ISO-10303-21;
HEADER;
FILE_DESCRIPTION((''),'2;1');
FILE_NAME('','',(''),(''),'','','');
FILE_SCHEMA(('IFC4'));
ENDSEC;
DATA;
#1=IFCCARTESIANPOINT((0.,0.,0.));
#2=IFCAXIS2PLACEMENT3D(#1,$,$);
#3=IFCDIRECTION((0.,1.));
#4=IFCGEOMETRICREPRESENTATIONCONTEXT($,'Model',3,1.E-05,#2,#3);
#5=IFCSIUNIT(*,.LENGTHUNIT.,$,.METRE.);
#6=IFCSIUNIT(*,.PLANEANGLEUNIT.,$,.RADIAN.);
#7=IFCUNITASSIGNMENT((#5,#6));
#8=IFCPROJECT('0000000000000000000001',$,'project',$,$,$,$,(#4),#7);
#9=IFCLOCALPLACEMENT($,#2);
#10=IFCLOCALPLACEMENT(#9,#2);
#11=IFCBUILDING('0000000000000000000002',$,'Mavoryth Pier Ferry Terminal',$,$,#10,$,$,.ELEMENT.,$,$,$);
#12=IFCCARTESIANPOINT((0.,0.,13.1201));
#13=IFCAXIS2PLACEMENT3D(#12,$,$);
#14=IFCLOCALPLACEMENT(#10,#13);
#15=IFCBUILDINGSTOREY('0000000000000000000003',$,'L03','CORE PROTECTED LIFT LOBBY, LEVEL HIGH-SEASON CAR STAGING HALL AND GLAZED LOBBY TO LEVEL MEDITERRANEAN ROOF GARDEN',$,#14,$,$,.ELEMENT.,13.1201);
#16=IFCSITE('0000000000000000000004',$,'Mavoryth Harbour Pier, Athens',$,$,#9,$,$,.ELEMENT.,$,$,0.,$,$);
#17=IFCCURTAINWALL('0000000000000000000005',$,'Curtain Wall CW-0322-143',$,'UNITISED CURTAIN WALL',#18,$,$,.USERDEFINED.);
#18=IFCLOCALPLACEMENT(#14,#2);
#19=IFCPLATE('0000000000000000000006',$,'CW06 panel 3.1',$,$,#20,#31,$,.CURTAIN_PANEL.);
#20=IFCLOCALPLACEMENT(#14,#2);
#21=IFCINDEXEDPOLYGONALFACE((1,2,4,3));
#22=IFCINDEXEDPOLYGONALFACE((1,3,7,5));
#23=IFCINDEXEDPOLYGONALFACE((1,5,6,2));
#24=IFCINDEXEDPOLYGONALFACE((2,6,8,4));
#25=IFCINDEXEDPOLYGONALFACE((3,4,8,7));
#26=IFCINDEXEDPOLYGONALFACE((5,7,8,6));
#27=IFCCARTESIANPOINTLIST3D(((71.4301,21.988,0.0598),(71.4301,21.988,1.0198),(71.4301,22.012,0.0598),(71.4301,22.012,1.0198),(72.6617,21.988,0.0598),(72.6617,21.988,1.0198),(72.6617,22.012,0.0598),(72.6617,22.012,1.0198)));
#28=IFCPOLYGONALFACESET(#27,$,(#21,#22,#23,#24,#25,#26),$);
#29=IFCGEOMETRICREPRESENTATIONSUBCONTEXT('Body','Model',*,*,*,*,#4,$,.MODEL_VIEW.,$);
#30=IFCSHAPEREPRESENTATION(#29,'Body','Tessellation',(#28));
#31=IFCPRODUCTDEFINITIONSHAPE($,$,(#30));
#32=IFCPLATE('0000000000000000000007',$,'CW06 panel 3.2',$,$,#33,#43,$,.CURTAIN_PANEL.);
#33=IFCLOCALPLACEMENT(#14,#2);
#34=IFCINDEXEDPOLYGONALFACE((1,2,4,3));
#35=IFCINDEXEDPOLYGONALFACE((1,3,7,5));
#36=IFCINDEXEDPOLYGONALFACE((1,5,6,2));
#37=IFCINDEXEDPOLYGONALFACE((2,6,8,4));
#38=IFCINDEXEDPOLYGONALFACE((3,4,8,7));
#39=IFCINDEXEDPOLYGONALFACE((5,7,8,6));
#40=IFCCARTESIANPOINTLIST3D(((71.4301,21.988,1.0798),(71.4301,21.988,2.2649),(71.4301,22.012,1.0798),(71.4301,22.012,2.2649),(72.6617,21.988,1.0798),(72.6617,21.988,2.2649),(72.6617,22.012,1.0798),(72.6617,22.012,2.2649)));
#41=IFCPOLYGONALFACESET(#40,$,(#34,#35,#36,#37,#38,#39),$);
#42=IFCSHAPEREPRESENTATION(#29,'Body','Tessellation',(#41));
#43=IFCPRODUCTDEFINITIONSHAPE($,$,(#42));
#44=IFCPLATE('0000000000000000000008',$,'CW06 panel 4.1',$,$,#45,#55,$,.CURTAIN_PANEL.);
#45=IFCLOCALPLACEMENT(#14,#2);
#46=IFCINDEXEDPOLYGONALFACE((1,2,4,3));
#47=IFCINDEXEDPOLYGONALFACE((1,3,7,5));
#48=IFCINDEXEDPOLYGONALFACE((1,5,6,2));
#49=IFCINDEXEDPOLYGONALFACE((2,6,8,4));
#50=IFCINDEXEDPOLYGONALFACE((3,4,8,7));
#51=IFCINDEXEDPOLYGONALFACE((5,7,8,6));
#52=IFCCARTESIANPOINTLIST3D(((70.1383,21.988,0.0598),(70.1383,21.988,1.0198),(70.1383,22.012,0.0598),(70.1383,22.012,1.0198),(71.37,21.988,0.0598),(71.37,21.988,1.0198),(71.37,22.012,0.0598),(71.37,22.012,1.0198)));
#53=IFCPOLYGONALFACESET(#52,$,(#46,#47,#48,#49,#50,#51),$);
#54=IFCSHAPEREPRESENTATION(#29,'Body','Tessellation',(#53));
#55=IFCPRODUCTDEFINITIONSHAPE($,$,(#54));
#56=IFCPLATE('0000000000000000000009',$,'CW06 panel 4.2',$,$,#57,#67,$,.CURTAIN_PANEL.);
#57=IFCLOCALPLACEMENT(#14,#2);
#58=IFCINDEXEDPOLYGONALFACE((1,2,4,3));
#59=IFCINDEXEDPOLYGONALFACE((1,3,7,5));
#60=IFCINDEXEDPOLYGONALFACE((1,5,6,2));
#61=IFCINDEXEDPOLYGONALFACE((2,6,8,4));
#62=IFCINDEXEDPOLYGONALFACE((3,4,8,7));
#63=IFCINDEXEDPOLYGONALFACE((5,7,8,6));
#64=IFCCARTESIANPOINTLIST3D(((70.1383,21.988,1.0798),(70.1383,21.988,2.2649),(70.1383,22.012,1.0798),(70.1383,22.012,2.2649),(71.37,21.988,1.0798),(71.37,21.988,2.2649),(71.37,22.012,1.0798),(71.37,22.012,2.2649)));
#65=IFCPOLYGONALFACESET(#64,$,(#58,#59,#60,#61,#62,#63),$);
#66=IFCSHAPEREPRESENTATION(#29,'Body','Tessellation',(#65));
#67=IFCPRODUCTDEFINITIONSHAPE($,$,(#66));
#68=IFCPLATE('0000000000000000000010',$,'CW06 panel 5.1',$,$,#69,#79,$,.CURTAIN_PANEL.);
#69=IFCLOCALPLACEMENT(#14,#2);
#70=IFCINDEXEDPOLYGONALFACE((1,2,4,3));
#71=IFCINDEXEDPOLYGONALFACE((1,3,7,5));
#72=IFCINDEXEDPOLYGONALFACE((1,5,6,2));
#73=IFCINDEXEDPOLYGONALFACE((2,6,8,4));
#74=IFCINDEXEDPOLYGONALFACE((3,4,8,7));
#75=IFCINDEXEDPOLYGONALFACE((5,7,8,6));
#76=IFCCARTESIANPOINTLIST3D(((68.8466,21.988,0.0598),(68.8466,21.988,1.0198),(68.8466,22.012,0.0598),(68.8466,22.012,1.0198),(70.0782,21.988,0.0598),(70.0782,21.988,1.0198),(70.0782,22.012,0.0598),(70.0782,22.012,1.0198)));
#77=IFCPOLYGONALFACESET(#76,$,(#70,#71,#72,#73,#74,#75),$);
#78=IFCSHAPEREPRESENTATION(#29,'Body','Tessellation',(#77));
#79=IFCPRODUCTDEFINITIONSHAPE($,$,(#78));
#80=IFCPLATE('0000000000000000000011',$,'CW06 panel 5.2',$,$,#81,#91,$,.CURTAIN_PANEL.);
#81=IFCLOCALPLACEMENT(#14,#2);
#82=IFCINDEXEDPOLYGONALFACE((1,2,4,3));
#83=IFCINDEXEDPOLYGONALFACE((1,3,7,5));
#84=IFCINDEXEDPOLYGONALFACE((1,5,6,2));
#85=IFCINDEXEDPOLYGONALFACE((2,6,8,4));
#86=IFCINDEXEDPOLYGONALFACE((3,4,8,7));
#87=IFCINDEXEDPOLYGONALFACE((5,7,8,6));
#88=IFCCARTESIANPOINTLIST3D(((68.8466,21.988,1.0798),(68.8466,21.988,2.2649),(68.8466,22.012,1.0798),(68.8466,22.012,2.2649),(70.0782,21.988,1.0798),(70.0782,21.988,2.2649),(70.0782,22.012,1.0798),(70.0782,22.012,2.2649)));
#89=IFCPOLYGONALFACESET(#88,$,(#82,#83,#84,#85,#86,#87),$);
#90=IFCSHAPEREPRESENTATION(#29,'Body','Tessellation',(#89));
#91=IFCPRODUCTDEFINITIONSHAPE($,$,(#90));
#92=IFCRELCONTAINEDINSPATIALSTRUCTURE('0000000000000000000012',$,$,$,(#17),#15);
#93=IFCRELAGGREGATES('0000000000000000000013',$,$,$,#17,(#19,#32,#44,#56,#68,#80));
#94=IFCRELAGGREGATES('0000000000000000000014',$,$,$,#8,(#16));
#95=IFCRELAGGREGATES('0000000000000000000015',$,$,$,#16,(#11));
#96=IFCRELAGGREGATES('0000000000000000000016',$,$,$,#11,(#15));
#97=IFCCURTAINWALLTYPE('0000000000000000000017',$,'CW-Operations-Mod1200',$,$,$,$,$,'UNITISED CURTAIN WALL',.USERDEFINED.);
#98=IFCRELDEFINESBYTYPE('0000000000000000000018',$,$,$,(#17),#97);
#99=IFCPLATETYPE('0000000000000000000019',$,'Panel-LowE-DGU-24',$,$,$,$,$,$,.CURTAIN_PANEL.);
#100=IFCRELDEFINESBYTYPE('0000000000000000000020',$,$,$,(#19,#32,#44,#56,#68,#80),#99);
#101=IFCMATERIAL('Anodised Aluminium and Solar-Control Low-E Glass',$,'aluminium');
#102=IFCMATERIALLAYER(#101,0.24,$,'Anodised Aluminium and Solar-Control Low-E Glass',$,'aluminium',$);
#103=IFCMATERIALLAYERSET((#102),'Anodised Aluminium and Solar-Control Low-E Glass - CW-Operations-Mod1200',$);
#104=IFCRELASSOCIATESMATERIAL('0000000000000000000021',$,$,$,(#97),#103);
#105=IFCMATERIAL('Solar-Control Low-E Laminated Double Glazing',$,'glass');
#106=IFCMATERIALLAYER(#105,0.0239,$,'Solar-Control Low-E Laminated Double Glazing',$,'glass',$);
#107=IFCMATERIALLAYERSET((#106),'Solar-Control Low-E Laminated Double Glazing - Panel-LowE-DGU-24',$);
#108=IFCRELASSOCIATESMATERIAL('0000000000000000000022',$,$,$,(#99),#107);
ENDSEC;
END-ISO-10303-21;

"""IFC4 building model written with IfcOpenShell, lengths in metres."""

from ifc_helpers import new_model, si_unit, direction, frame, origin, origin_2d, place, context, subcontext, project, spatial, rectangle, extrude, material, layer, layer_set, type_object, element, aggregate, save


model = new_model("IFC4")

# Units and contexts
model_context = context("Model", 3, precision=1e-05, world=origin(), true_north=direction((0.0, 1.0)))
body_context = subcontext(model_context, "Body", "Model", "MODEL_VIEW")
ifc_project = project(units=[si_unit("LENGTHUNIT", "METRE"), si_unit("PLANEANGLEUNIT", "RADIAN")], contexts=[model_context])

# Site, building, storey
site_placement = place(None, origin())
site = spatial("IfcSite", under=ifc_project, at=site_placement, Name="Mavoryth Harbour Pier, Athens", CompositionType="ELEMENT", RefElevation=0.0)
building_placement = place(site_placement, origin())
building = spatial("IfcBuilding", under=site, at=building_placement, Name="Mavoryth Pier Ferry Terminal", CompositionType="ELEMENT")
storey_placement = place(building_placement, frame((0.0, 0.0, 13.1201)))
storey = spatial("IfcBuildingStorey", under=building, at=storey_placement, Name="L03", Description="CORE PROTECTED LIFT LOBBY, LEVEL HIGH-SEASON CAR STAGING HALL AND GLAZED LOBBY TO LEVEL MEDITERRANEAN ROOF GARDEN", CompositionType="ELEMENT", Elevation=13.1201)

# Curtain wall, plates
ifc_material_1 = material(Name="Anodised Aluminium and Solar-Control Low-E Glass", Category="aluminium")
ifc_layer_1 = layer(ifc_material_1, 0.24, Name="Anodised Aluminium and Solar-Control Low-E Glass", Category="aluminium")
ifc_layer_set_1 = layer_set([ifc_layer_1], Name="Anodised Aluminium and Solar-Control Low-E Glass - CW-Operations-Mod1200")
curtain_wall_type = type_object("IfcCurtainWallType", Name="CW-Operations-Mod1200", ElementType="UNITISED CURTAIN WALL", PredefinedType="USERDEFINED", material=ifc_layer_set_1)
curtain_wall_placement = place(storey_placement, origin())
curtain_wall = element("IfcCurtainWall", 1, at=curtain_wall_placement, inside=storey, type_object=curtain_wall_type, Name="Curtain Wall CW-0322-143", ObjectType="UNITISED CURTAIN WALL", PredefinedType="USERDEFINED")
ifc_material_2 = material(Name="Solar-Control Low-E Laminated Double Glazing", Category="glass")
ifc_layer_2 = layer(ifc_material_2, 0.0239, Name="Solar-Control Low-E Laminated Double Glazing", Category="glass")
ifc_layer_set_2 = layer_set([ifc_layer_2], Name="Solar-Control Low-E Laminated Double Glazing - Panel-LowE-DGU-24")
plate_type = type_object("IfcPlateType", Name="Panel-LowE-DGU-24", PredefinedType="CURTAIN_PANEL", material=ifc_layer_set_2)
plate_1_placement = place(storey_placement, frame((72.0459, 22.0, 0.0598), z_axis=(0.0, 0.0, 1.0), x_axis=(-1.0, 0.0, 0.0)))
plate_1 = element("IfcPlate", 2, at=plate_1_placement, type_object=plate_type, Name="CW06 panel 3.1", PredefinedType="CURTAIN_PANEL", context=body_context, shape_type="SweptSolid", body=[
    extrude(rectangle(XDim=1.2317, YDim=0.0239, at=origin_2d()), origin(), (0.0, 0.0, 1.0), 0.96),
])
plate_2_placement = place(storey_placement, frame((72.0459, 22.0, 1.0798), z_axis=(0.0, 0.0, 1.0), x_axis=(-1.0, 0.0, 0.0)))
plate_2 = element("IfcPlate", 3, at=plate_2_placement, type_object=plate_type, Name="CW06 panel 3.2", PredefinedType="CURTAIN_PANEL", context=body_context, shape_type="SweptSolid", body=[
    extrude(rectangle(XDim=1.2317, YDim=0.0239, at=origin_2d()), origin(), (0.0, 0.0, 1.0), 1.1851),
])
plate_3_placement = place(storey_placement, frame((70.7542, 22.0, 0.0598), z_axis=(0.0, 0.0, 1.0), x_axis=(-1.0, 0.0, 0.0)))
plate_3 = element("IfcPlate", 4, at=plate_3_placement, type_object=plate_type, Name="CW06 panel 4.1", PredefinedType="CURTAIN_PANEL", context=body_context, shape_type="SweptSolid", body=[
    extrude(rectangle(XDim=1.2317, YDim=0.0239, at=origin_2d()), origin(), (0.0, 0.0, 1.0), 0.96),
])
plate_4_placement = place(storey_placement, frame((70.7542, 22.0, 1.0798), z_axis=(0.0, 0.0, 1.0), x_axis=(-1.0, 0.0, 0.0)))
plate_4 = element("IfcPlate", 5, at=plate_4_placement, type_object=plate_type, Name="CW06 panel 4.2", PredefinedType="CURTAIN_PANEL", context=body_context, shape_type="SweptSolid", body=[
    extrude(rectangle(XDim=1.2317, YDim=0.0239, at=origin_2d()), origin(), (0.0, 0.0, 1.0), 1.1851),
])
plate_5_placement = place(storey_placement, frame((69.4624, 22.0, 0.0598), z_axis=(0.0, 0.0, 1.0), x_axis=(-1.0, 0.0, 0.0)))
plate_5 = element("IfcPlate", 6, at=plate_5_placement, type_object=plate_type, Name="CW06 panel 5.1", PredefinedType="CURTAIN_PANEL", context=body_context, shape_type="SweptSolid", body=[
    extrude(rectangle(XDim=1.2317, YDim=0.0239, at=origin_2d()), origin(), (0.0, 0.0, 1.0), 0.96),
])
plate_6_placement = place(storey_placement, frame((69.4624, 22.0, 1.0798), z_axis=(0.0, 0.0, 1.0), x_axis=(-1.0, 0.0, 0.0)))
plate_6 = element("IfcPlate", 7, at=plate_6_placement, type_object=plate_type, Name="CW06 panel 5.2", PredefinedType="CURTAIN_PANEL", context=body_context, shape_type="SweptSolid", body=[
    extrude(rectangle(XDim=1.2317, YDim=0.0239, at=origin_2d()), origin(), (0.0, 0.0, 1.0), 1.1851),
])
aggregate(curtain_wall, [plate_1, plate_2, plate_3, plate_4, plate_5, plate_6])

save(model, "model.ifc")
